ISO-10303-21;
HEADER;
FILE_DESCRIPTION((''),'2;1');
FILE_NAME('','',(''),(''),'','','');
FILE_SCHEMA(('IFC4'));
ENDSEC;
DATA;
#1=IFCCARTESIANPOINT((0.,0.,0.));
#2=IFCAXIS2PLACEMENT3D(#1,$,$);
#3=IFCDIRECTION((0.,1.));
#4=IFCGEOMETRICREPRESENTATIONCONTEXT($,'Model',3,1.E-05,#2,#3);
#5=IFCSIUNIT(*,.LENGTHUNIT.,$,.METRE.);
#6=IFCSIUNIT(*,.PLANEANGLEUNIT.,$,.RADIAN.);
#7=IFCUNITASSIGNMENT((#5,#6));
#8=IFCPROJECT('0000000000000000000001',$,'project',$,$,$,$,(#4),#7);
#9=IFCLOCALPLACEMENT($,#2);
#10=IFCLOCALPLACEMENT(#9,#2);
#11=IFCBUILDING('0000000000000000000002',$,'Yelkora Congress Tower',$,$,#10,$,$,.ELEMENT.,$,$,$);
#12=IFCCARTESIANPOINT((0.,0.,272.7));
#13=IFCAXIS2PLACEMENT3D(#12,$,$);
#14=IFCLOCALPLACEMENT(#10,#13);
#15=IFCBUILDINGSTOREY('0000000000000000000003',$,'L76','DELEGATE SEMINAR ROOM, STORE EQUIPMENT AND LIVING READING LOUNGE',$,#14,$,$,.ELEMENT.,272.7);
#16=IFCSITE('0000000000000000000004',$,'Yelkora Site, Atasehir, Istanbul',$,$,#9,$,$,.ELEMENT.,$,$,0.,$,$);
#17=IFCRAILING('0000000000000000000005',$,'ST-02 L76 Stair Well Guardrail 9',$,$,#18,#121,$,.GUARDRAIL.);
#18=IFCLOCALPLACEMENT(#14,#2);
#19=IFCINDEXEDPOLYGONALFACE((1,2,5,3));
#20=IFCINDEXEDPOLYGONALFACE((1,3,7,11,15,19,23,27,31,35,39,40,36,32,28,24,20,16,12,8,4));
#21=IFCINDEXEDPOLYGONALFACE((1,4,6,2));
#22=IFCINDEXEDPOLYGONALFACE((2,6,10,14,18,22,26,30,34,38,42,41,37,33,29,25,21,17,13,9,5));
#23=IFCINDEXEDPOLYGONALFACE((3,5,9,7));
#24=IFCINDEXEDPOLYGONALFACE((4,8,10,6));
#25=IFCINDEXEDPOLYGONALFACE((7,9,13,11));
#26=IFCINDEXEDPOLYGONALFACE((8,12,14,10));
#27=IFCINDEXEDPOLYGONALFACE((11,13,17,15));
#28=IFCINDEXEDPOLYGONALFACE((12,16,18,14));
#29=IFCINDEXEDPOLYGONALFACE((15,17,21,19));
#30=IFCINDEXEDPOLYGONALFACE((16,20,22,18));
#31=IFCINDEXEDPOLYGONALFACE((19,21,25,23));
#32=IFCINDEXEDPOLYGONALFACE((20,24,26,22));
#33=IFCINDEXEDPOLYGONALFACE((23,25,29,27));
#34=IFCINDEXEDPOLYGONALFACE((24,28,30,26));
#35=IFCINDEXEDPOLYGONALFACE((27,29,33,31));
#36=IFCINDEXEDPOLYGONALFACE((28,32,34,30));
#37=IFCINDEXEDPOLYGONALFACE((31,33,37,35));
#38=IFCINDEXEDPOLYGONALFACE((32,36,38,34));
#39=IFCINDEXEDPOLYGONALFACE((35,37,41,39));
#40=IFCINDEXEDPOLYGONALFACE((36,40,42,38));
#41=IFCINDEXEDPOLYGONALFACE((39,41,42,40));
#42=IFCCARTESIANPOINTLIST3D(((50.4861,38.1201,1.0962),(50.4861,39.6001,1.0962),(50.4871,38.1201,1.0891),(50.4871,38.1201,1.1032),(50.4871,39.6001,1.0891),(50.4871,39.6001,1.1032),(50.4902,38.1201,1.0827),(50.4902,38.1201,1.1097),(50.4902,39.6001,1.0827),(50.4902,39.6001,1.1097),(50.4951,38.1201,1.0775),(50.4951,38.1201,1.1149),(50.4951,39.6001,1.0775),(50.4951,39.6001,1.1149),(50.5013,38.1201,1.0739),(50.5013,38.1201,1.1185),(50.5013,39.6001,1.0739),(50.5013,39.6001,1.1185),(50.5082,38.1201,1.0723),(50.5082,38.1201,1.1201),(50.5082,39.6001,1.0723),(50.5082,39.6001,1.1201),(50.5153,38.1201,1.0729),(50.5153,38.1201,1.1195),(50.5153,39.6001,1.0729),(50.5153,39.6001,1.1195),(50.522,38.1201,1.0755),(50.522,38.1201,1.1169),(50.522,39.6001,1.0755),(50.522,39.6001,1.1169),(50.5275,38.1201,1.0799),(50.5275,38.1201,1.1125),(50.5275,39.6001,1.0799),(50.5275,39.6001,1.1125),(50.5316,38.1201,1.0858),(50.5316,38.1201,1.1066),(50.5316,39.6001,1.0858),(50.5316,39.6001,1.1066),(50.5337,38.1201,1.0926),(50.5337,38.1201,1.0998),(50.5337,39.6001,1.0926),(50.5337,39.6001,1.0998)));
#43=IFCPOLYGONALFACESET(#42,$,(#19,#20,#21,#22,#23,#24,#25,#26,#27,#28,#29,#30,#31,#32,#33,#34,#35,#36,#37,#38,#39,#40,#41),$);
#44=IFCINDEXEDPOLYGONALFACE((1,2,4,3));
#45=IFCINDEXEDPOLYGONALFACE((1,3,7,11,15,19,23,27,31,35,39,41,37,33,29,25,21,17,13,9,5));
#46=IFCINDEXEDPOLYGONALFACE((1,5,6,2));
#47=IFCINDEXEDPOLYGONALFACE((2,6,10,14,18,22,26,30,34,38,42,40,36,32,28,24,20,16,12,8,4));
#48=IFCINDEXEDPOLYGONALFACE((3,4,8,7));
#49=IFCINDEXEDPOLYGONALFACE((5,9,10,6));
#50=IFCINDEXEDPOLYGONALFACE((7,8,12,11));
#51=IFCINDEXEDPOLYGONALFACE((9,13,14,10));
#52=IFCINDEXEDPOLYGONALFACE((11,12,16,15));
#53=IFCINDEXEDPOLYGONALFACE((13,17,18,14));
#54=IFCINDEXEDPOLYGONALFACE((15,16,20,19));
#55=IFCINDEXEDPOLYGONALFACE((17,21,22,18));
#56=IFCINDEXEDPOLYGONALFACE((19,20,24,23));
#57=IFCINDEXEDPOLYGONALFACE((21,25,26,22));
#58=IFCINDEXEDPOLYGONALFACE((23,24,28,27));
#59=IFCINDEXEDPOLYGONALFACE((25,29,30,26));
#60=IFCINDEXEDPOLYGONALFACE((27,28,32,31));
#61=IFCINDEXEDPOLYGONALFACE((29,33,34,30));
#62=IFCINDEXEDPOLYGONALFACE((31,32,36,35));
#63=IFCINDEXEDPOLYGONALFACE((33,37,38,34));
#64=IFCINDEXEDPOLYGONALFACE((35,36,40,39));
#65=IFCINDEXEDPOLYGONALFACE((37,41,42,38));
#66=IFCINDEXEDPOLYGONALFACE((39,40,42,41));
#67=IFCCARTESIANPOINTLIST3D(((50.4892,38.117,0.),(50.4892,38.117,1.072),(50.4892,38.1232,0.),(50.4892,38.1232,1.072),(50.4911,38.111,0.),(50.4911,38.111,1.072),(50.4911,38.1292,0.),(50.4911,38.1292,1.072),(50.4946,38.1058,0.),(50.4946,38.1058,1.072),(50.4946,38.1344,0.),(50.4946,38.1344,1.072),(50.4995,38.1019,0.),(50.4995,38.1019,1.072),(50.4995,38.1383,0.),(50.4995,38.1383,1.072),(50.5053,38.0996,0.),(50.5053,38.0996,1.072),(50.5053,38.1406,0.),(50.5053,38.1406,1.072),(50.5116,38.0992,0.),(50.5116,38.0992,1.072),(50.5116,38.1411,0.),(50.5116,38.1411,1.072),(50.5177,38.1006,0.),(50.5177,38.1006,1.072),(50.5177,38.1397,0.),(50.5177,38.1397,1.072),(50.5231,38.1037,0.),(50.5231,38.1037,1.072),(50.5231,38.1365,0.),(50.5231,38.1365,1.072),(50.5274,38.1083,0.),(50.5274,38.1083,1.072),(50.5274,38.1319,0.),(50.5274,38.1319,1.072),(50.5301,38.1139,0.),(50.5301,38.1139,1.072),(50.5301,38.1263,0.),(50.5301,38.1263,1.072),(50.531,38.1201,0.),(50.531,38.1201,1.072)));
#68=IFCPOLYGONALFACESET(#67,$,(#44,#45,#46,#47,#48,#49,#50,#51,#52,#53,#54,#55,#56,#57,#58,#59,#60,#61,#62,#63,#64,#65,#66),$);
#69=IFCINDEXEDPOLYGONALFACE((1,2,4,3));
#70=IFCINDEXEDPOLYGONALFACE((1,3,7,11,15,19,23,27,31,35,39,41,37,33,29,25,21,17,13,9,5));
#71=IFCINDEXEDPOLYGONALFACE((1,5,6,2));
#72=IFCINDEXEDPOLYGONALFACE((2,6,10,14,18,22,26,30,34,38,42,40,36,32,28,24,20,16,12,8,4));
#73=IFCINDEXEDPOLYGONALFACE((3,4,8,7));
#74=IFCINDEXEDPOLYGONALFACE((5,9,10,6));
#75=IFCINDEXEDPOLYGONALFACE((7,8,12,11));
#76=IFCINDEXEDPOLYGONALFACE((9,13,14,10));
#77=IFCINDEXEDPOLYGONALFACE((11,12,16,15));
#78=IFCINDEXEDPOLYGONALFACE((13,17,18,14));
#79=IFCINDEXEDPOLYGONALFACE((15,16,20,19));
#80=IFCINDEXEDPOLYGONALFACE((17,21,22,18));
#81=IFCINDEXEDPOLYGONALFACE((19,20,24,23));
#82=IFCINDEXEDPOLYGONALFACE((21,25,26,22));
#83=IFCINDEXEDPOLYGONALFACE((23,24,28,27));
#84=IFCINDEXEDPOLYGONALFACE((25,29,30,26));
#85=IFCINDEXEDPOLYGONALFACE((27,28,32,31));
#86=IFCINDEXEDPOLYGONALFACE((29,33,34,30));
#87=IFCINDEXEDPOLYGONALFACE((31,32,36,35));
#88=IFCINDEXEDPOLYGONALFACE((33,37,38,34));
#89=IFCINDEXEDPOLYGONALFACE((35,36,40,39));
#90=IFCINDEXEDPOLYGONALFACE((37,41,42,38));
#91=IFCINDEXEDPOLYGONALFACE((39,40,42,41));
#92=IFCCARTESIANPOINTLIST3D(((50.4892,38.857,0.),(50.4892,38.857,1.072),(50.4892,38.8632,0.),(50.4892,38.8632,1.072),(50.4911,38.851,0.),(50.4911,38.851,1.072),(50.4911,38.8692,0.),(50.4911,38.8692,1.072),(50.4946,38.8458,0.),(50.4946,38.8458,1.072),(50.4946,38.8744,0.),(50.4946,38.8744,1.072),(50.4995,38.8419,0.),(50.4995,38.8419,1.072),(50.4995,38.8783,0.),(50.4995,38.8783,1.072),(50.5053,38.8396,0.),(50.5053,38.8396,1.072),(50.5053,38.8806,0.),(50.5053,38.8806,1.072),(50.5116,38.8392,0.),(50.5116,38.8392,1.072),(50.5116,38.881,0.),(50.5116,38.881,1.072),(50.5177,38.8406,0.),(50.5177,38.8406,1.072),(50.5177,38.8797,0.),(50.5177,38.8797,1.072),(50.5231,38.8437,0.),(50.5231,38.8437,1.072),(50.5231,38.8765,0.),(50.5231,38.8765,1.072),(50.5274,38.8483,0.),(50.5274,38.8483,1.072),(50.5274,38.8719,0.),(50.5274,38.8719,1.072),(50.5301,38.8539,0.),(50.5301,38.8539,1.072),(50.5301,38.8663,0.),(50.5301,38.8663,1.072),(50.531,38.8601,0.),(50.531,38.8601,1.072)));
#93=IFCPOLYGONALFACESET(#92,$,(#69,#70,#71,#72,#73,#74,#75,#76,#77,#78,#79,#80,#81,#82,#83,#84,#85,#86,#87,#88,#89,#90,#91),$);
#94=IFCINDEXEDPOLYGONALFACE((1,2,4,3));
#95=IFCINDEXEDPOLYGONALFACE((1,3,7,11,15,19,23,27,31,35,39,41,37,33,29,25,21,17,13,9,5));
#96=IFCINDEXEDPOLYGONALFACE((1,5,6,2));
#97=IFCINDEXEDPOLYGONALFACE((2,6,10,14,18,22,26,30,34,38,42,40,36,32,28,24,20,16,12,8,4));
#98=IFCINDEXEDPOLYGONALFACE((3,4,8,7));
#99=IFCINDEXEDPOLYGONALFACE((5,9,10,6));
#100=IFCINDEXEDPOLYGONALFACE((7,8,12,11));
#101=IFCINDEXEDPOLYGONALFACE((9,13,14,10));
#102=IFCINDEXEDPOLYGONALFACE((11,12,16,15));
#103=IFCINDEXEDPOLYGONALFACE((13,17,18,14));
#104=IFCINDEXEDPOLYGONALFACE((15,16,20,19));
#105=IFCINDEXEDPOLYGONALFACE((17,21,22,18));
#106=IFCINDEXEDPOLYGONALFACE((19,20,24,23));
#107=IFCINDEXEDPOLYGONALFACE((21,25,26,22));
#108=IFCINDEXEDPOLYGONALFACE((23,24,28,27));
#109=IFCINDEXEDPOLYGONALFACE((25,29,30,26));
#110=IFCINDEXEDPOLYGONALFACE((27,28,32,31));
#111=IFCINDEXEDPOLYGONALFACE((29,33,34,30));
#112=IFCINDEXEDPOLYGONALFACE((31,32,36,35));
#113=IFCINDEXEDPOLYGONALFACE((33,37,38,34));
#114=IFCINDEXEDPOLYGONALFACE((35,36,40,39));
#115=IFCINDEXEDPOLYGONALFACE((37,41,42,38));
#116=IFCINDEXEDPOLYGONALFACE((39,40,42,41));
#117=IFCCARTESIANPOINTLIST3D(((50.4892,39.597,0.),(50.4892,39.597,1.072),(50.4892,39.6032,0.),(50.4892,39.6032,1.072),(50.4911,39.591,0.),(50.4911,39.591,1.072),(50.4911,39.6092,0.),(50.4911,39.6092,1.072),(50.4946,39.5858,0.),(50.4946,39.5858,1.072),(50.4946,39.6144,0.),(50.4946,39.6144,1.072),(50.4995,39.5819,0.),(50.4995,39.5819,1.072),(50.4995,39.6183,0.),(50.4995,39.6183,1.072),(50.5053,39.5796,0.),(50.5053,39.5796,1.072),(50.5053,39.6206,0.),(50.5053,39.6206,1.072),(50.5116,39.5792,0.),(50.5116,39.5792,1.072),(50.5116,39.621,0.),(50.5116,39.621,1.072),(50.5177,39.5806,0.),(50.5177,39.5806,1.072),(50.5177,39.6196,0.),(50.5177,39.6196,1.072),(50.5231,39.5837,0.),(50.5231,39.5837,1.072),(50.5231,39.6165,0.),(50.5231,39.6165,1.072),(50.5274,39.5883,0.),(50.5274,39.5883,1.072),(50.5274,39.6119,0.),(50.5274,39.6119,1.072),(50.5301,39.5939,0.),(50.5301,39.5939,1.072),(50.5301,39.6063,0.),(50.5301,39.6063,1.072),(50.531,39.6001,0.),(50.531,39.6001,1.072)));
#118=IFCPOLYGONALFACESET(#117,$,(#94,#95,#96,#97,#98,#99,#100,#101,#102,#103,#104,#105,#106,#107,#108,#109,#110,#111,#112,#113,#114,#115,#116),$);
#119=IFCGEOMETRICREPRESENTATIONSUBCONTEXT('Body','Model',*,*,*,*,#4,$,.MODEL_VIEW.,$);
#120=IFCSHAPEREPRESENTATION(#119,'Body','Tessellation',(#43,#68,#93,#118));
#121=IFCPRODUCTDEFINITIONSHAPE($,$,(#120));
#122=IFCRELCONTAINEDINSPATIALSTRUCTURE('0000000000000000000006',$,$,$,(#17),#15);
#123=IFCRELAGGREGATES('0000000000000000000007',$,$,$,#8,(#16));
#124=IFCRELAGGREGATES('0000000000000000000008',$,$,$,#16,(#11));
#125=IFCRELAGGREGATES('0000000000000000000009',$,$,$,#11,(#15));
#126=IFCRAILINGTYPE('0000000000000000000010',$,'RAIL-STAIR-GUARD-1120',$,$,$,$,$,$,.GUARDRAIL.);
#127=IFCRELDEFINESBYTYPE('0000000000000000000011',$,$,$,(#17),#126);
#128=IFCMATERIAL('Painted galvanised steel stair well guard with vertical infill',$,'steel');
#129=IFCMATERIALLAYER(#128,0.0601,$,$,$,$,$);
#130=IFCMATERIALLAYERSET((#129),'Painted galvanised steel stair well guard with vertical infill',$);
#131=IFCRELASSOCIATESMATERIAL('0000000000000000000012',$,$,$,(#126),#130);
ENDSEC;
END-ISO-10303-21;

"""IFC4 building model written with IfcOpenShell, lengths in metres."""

from ifc_helpers import new_model, si_unit, direction, frame, origin, origin_2d, place, context, subcontext, project, spatial, circle, extrude, material, layer, layer_set, type_object, element, save


model = new_model("IFC4")

# Units and contexts
model_context = context("Model", 3, precision=1e-05, world=origin(), true_north=direction((0.0, 1.0)))
body_context = subcontext(model_context, "Body", "Model", "MODEL_VIEW")
ifc_project = project(units=[si_unit("LENGTHUNIT", "METRE"), si_unit("PLANEANGLEUNIT", "RADIAN")], contexts=[model_context])

# Site, building, storey
site_placement = place(None, origin())
site = spatial("IfcSite", under=ifc_project, at=site_placement, Name="Yelkora Site, Atasehir, Istanbul", CompositionType="ELEMENT", RefElevation=0.0)
building_placement = place(site_placement, origin())
building = spatial("IfcBuilding", under=site, at=building_placement, Name="Yelkora Congress Tower", CompositionType="ELEMENT")
storey_placement = place(building_placement, frame((0.0, 0.0, 272.7)))
storey = spatial("IfcBuildingStorey", under=building, at=storey_placement, Name="L76", Description="DELEGATE SEMINAR ROOM, STORE EQUIPMENT AND LIVING READING LOUNGE", CompositionType="ELEMENT", Elevation=272.7)

# Railing
ifc_material_1 = material(Name="Painted galvanised steel stair well guard with vertical infill", Category="steel")
ifc_layer_1 = layer(ifc_material_1, 0.0601)
ifc_layer_set_1 = layer_set([ifc_layer_1], Name="Painted galvanised steel stair well guard with vertical infill")
railing_type_1 = type_object("IfcRailingType", Name="RAIL-STAIR-GUARD-1120", PredefinedType="GUARDRAIL", material=ifc_layer_set_1)
for number, where, name in (
    (1, (50.51, 38.1201, 0.0), "ST-02 L76 Stair Well Guardrail 9"),
):
    element("IfcRailing", number, at=place(storey_placement, frame(where)), inside=storey, type_object=railing_type_1, Name=name, PredefinedType="GUARDRAIL", context=body_context, shape_type="SweptSolid", body=[
        extrude(circle(Radius=0.0239, at=origin_2d()), frame((0.0, 0.0, 1.0962), z_axis=(0.0, 1.0, 0.0), x_axis=(-1.0, 0.0, 0.0)), (0.0, 0.0, 1.0), 1.48),
        extrude(circle(Radius=0.021, at=origin_2d()), origin(), (0.0, 0.0, 1.0), 1.072),
        extrude(circle(Radius=0.021, at=origin_2d()), frame((0.0, 0.74, 0.0)), (0.0, 0.0, 1.0), 1.072),
        extrude(circle(Radius=0.021, at=origin_2d()), frame((0.0, 1.48, 0.0)), (0.0, 0.0, 1.0), 1.072),
    ])

save(model, "model.ifc")
